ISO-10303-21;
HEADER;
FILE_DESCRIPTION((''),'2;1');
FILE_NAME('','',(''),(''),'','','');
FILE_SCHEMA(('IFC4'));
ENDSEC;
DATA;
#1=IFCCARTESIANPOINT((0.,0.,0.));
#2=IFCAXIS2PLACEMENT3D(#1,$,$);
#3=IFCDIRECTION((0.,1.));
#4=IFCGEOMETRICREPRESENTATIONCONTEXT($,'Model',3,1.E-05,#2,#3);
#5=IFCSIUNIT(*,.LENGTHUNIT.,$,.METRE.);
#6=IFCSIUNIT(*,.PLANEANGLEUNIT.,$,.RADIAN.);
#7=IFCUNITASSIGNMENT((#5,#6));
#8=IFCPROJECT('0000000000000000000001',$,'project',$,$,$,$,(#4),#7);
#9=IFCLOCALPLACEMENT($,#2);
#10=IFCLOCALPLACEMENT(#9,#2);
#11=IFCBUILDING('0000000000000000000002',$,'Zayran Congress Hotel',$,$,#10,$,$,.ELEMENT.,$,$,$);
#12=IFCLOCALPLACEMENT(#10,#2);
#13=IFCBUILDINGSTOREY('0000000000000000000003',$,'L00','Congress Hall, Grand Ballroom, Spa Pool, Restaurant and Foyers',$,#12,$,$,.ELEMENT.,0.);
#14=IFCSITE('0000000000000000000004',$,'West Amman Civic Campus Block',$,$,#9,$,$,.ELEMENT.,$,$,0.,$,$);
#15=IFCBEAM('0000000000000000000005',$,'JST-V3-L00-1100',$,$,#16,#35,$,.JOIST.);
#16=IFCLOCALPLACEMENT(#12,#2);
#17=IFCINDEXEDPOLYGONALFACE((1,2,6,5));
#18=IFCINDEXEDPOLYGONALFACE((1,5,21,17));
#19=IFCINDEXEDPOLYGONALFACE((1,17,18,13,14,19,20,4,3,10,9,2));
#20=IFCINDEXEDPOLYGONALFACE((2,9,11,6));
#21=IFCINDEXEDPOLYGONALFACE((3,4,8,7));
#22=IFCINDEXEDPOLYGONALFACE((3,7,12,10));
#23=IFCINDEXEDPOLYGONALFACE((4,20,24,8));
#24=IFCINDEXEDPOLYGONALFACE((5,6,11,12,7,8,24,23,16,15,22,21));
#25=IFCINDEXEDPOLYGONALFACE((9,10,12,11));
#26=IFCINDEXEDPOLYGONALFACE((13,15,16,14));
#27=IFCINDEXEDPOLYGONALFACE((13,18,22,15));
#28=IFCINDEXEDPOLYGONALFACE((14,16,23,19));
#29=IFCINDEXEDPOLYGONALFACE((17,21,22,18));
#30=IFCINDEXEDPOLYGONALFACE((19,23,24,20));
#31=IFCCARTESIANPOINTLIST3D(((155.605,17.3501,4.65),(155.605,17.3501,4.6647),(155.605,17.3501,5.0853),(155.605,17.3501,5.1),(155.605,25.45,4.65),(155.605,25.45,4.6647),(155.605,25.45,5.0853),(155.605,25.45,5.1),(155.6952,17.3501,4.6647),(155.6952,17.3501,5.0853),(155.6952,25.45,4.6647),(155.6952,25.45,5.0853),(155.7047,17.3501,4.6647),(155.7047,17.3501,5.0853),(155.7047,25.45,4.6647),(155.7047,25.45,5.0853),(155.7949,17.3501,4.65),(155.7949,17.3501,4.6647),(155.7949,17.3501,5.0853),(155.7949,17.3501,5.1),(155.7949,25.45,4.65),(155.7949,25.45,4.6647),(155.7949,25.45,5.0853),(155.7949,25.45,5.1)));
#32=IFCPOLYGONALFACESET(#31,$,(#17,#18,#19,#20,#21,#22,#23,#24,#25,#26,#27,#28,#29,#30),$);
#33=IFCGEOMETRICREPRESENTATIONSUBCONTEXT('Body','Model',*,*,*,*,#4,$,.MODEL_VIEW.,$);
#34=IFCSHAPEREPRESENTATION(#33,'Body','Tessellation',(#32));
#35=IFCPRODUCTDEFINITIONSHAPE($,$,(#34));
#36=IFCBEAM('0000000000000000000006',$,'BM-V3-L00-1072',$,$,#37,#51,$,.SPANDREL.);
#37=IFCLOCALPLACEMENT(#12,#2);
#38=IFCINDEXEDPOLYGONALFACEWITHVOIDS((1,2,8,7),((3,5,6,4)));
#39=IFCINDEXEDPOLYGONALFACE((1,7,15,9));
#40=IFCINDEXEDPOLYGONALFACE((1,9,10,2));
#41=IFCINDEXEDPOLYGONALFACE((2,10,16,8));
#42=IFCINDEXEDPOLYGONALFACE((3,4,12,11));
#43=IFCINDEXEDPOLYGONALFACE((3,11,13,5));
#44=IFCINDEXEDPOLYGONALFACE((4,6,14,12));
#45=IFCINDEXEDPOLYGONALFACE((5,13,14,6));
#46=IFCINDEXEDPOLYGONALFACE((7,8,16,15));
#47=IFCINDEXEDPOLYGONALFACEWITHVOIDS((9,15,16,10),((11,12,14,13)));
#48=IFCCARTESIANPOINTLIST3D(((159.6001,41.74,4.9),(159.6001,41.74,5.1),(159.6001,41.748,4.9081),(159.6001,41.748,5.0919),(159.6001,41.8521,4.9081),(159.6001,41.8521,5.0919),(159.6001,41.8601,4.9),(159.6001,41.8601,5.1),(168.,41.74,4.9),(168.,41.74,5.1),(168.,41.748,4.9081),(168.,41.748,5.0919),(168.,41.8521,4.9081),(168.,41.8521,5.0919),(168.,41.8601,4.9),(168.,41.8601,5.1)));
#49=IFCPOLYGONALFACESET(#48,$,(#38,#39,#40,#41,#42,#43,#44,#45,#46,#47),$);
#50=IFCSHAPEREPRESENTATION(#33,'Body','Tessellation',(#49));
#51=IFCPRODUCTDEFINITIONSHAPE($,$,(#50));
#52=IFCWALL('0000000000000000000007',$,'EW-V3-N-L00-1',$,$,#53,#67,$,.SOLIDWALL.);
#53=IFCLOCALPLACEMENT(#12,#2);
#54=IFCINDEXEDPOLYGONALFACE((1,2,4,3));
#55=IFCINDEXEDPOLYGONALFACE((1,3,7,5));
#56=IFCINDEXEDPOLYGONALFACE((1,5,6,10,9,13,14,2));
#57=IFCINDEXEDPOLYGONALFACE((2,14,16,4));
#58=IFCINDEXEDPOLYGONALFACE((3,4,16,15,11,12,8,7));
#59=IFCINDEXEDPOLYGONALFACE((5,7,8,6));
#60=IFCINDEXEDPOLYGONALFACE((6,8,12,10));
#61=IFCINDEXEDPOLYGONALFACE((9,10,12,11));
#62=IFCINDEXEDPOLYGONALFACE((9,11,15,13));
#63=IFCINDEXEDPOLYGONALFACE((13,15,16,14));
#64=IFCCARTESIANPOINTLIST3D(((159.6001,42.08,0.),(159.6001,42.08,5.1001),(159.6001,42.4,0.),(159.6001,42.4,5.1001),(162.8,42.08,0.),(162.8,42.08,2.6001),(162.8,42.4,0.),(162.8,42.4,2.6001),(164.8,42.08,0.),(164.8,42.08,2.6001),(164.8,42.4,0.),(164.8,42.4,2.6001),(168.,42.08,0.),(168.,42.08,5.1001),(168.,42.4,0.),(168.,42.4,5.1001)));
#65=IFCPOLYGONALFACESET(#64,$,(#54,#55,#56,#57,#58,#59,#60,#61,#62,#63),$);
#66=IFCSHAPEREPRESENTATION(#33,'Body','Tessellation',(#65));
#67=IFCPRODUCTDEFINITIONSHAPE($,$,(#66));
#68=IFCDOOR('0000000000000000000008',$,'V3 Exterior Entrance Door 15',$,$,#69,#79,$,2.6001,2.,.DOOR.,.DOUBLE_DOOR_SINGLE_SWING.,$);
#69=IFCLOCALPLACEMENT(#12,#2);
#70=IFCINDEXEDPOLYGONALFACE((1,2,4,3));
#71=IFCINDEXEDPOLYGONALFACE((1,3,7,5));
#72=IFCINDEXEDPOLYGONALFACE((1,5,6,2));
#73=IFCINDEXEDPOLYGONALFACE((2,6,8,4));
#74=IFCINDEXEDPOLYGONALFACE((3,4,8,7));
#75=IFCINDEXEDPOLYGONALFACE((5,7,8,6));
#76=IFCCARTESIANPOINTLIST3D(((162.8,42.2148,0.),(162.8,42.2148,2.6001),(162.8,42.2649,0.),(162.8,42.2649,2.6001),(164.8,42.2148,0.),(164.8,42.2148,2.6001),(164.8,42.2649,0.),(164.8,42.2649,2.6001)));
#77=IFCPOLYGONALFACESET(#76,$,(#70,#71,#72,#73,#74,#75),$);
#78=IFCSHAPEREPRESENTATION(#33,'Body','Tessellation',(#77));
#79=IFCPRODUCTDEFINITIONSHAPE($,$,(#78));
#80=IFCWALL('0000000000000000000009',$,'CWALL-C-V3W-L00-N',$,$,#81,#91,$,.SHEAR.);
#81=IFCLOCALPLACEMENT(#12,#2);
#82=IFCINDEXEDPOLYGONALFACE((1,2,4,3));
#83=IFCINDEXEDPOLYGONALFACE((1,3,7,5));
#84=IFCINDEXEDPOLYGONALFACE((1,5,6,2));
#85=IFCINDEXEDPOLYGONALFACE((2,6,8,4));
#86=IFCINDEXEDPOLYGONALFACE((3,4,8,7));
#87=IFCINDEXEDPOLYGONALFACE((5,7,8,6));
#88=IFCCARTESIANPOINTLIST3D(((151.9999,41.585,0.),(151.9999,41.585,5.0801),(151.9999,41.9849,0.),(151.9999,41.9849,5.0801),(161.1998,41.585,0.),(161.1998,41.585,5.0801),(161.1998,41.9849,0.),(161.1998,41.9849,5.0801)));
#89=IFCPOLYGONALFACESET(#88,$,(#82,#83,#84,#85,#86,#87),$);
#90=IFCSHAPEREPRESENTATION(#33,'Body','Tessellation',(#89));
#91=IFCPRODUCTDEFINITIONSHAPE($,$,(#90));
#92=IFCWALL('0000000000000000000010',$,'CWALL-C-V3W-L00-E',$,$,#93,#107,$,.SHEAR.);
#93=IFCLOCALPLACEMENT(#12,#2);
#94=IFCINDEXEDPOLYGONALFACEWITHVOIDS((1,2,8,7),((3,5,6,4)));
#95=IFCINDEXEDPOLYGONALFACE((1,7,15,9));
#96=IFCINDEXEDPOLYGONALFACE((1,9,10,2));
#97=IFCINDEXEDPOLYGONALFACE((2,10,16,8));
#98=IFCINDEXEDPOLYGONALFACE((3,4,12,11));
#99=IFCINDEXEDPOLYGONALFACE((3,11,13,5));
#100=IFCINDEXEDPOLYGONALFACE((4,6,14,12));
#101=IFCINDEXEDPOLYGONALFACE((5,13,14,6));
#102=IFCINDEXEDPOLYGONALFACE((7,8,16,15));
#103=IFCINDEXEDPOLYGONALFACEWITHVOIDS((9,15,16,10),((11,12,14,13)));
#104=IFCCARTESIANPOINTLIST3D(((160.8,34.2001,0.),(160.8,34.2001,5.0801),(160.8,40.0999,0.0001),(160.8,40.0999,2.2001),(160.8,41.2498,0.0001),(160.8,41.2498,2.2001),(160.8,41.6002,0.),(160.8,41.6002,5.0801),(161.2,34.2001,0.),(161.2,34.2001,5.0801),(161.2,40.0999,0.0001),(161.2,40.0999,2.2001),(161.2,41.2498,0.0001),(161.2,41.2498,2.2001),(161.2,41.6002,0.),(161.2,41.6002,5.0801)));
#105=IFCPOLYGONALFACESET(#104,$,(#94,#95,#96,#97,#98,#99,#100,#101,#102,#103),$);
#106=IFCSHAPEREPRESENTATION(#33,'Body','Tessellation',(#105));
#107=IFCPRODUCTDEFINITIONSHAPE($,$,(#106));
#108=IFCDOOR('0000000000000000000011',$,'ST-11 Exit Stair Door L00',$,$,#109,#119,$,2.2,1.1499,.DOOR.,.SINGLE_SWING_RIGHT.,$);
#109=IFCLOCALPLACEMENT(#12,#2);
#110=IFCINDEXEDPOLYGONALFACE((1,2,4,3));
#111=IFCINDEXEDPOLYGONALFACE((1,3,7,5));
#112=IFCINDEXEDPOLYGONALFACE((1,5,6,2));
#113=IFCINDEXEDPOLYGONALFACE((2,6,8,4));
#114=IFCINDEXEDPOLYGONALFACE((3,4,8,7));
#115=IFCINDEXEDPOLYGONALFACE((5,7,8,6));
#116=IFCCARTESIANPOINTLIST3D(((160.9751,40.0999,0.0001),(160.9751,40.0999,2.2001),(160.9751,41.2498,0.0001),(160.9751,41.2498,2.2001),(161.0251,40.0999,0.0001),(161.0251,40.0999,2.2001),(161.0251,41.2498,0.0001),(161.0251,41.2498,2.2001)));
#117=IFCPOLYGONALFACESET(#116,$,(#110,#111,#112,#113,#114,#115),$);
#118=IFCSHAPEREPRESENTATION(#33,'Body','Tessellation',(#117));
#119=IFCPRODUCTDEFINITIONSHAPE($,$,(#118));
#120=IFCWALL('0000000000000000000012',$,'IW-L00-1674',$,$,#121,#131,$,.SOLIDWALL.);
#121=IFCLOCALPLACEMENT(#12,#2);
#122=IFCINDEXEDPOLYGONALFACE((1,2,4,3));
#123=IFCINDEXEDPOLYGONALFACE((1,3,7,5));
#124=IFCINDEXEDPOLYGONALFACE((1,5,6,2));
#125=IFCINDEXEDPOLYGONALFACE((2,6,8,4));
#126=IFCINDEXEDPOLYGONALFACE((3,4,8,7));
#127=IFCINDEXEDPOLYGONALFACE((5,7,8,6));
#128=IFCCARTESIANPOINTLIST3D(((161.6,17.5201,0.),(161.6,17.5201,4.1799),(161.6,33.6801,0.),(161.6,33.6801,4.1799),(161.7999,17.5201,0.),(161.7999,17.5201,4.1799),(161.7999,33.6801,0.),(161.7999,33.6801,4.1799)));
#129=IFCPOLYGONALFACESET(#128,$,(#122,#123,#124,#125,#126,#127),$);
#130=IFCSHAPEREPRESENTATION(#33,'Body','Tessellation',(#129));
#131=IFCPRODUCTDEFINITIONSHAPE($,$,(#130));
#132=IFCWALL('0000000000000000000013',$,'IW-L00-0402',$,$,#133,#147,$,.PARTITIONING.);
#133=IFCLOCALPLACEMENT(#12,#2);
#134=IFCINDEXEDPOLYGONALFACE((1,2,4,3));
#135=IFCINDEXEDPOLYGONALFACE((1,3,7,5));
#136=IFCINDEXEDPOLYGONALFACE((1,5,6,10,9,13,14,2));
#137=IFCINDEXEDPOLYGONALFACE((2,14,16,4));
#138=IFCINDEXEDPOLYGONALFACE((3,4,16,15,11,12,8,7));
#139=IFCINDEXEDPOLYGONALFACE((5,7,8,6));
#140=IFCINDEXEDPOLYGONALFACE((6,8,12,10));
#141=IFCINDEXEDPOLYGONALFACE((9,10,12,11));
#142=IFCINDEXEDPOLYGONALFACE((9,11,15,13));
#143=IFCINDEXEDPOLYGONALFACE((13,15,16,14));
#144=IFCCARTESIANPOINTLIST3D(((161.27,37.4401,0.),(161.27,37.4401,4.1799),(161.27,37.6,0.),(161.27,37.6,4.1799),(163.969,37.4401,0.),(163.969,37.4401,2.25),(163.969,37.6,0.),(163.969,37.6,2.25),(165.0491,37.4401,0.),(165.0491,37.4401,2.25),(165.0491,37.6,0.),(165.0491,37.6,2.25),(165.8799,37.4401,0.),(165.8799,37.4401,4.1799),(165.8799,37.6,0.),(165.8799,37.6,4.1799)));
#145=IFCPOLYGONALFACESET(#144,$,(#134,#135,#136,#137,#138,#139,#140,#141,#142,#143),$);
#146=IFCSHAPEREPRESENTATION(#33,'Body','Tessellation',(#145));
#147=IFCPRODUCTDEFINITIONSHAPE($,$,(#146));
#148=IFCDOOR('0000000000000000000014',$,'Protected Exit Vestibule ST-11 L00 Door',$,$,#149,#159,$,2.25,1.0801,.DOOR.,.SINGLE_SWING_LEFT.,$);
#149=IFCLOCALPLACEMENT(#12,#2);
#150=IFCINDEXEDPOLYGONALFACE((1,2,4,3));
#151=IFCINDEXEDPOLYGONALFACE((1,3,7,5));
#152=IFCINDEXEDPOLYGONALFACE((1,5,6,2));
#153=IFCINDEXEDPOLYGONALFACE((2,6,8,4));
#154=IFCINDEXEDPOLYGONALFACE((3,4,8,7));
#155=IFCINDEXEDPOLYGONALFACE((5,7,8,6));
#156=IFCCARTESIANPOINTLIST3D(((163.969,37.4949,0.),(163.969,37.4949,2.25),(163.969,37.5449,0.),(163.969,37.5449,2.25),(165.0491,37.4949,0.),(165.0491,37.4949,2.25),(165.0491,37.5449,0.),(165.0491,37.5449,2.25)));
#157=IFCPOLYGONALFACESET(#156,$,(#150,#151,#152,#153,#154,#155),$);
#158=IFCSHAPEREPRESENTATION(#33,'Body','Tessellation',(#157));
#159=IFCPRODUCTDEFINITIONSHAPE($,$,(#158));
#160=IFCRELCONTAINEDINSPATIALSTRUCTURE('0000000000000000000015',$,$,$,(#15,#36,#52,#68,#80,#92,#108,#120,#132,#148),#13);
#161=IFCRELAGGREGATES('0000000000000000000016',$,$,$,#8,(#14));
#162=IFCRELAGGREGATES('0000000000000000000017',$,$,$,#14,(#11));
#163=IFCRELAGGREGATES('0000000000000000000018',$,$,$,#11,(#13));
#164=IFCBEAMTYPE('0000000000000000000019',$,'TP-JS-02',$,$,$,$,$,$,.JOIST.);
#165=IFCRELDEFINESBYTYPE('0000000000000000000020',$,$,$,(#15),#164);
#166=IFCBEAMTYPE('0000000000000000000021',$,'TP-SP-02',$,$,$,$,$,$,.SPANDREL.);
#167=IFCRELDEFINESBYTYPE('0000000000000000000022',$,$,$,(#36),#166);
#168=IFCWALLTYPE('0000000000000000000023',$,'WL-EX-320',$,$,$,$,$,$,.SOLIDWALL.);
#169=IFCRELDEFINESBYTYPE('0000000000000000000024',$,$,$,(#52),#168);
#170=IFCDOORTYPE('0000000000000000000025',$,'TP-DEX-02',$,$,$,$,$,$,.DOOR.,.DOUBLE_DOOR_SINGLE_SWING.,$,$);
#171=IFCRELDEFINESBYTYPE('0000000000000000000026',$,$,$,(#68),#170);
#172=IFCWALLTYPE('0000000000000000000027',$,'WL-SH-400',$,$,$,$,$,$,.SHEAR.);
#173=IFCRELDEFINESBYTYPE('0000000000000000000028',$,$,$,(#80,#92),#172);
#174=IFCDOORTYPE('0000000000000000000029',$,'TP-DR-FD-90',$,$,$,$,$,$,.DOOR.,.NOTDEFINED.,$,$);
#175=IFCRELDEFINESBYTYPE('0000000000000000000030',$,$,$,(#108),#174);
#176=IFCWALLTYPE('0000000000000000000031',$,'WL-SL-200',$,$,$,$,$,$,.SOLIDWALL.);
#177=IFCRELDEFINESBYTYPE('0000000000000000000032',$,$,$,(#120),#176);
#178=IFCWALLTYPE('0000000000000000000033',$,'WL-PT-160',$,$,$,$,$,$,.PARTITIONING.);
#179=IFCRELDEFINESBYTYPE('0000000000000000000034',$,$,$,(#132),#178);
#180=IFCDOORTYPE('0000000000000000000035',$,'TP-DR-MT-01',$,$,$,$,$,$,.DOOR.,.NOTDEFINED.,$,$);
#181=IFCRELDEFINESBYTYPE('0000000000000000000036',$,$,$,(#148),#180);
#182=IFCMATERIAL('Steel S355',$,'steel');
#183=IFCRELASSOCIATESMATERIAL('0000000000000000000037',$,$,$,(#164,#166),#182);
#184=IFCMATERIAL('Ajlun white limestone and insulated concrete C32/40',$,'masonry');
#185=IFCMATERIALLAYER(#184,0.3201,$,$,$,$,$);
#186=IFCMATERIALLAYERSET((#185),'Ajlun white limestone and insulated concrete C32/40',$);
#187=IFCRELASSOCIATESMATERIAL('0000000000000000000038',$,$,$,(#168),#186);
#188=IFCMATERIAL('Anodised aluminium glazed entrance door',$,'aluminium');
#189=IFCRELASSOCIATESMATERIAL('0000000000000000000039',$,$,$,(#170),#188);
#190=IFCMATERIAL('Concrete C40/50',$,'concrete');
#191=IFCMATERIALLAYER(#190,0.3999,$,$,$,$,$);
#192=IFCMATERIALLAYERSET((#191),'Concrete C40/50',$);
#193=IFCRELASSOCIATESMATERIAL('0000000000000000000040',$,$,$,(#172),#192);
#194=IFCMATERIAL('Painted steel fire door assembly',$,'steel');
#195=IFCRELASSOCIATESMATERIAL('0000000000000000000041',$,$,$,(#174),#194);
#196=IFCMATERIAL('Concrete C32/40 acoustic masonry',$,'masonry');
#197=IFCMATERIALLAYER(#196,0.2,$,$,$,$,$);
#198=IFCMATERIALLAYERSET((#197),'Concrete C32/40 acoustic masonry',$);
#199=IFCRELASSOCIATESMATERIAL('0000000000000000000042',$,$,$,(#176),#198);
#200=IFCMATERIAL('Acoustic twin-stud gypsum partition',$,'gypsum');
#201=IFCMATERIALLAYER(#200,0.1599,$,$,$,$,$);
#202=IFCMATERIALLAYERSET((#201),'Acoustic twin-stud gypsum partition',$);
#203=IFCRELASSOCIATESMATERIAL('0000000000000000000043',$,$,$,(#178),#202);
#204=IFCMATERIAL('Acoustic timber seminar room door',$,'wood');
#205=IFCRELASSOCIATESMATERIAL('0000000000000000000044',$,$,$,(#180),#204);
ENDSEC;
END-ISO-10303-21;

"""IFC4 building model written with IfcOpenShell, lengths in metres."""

from ifc_helpers import new_model, si_unit, direction, frame, frame_2d, origin, origin_2d, place, context, subcontext, project, spatial, rectangle, hollow_rectangle, i_section, extrude, material, layer, layer_set, material_profile, profile_set, type_object, element, fill, save


model = new_model("IFC4")

# Units and contexts
model_context = context("Model", 3, precision=1e-05, world=origin(), true_north=direction((0.0, 1.0)))
body_context = subcontext(model_context, "Body", "Model", "MODEL_VIEW")
ifc_project = project(units=[si_unit("LENGTHUNIT", "METRE"), si_unit("PLANEANGLEUNIT", "RADIAN")], contexts=[model_context])

# Site, building, storey
site_placement = place(None, origin())
site = spatial("IfcSite", under=ifc_project, at=site_placement, Name="West Amman Civic Campus Block", CompositionType="ELEMENT", RefElevation=0.0)
building_placement = place(site_placement, origin())
building = spatial("IfcBuilding", under=site, at=building_placement, Name="Zayran Congress Hotel", CompositionType="ELEMENT")
storey_placement = place(building_placement, origin())
storey = spatial("IfcBuildingStorey", under=building, at=storey_placement, Name="L00", Description="Congress Hall, Grand Ballroom, Spa Pool, Restaurant and Foyers", CompositionType="ELEMENT", Elevation=0.0)

# Shared definitions
ifc_material_1 = material(Name="Concrete C40/50", Category="concrete")

# Beams
ifc_material_2 = material(Name="Steel S355", Category="steel")
ifc_material_profile_1 = material_profile(ifc_material_2, i_section(OverallWidth=0.1899, OverallDepth=0.45, WebThickness=0.0095, FlangeThickness=0.0146, at=origin_2d()), Name="IPE 450")
ifc_profile_set_1 = profile_set([ifc_material_profile_1], Name="Steel S355")
beam_type_1 = type_object("IfcBeamType", Name="TP-JS-02", PredefinedType="JOIST", material=ifc_profile_set_1)
beam_1_placement = place(storey_placement, frame((155.7, 17.3501, 4.875), z_axis=(0.0, 1.0, 0.0), x_axis=(-1.0, 0.0, 0.0)))
element("IfcBeam", 1, at=beam_1_placement, inside=storey, type_object=beam_type_1, Name="JST-V3-L00-1100", PredefinedType="JOIST", context=body_context, shape_type="SweptSolid", body=[
    extrude(i_section(OverallWidth=0.1899, OverallDepth=0.45, WebThickness=0.0095, FlangeThickness=0.0146, at=origin_2d()), origin(), (0.0, 0.0, 1.0), 8.0999),
])
ifc_material_profile_2 = material_profile(ifc_material_2, hollow_rectangle(XDim=0.1201, YDim=0.2, WallThickness=0.0081, at=origin_2d()), Name="RHS 200x120x8")
ifc_profile_set_2 = profile_set([ifc_material_profile_2], Name="Steel S355")
beam_type_2 = type_object("IfcBeamType", Name="TP-SP-02", PredefinedType="SPANDREL", material=ifc_profile_set_2)
beam_2_placement = place(storey_placement, frame((159.6001, 41.8, 5.0), z_axis=(1.0, 0.0, 0.0), x_axis=(0.0, 1.0, 0.0)))
element("IfcBeam", 2, at=beam_2_placement, inside=storey, type_object=beam_type_2, Name="BM-V3-L00-1072", PredefinedType="SPANDREL", context=body_context, shape_type="SweptSolid", body=[
    extrude(hollow_rectangle(XDim=0.1201, YDim=0.2, WallThickness=0.0081, at=origin_2d()), origin(), (0.0, 0.0, 1.0), 8.3999),
])

# Wall, opening, door
ifc_material_3 = material(Name="Ajlun white limestone and insulated concrete C32/40", Category="masonry")
ifc_layer_1 = layer(ifc_material_3, 0.3201)
ifc_layer_set_1 = layer_set([ifc_layer_1], Name="Ajlun white limestone and insulated concrete C32/40")
wall_type_1 = type_object("IfcWallType", Name="WL-EX-320", PredefinedType="SOLIDWALL", material=ifc_layer_set_1)
wall_1_placement = place(storey_placement, frame((159.6001, 42.24, 0.0), z_axis=(0.0, 0.0, 1.0), x_axis=(1.0, 0.0, 0.0)))
wall_1 = element("IfcWall", 3, at=wall_1_placement, inside=storey, type_object=wall_type_1, Name="EW-V3-N-L00-1", PredefinedType="SOLIDWALL", context=body_context, shape_type="SweptSolid", body=[
    extrude(rectangle(XDim=8.3999, YDim=0.3201, at=frame_2d((4.2, 0.0))), origin(), (0.0, 0.0, 1.0), 5.1001),
])
opening_1_placement = place(wall_1_placement, frame((3.2, 0.0, 0.0)))
opening_1 = element("IfcOpeningElement", 4, at=opening_1_placement, cuts=wall_1, PredefinedType="OPENING", context=body_context, shape_type="SweptSolid", body=[
    extrude(rectangle(XDim=2.0, YDim=2.6001, at=frame_2d((1.0, 1.3))), frame((0.0, 0.1699, 0.0), z_axis=(0.0, -1.0, 0.0), x_axis=(1.0, 0.0, 0.0)), (0.0, 0.0, 1.0), 0.3401),
])
ifc_material_4 = material(Name="Anodised aluminium glazed entrance door", Category="aluminium")
door_type_1 = type_object("IfcDoorType", Name="TP-DEX-02", OperationType="DOUBLE_DOOR_SINGLE_SWING", PredefinedType="DOOR", material=ifc_material_4)
door_1_placement = place(opening_1_placement, origin())
door_1 = element("IfcDoor", 5, at=door_1_placement, inside=storey, type_object=door_type_1, Name="V3 Exterior Entrance Door 15", OperationType="DOUBLE_DOOR_SINGLE_SWING", OverallHeight=2.6001, OverallWidth=2.0, PredefinedType="DOOR", context=body_context, shape_type="SweptSolid", body=[
    extrude(rectangle(XDim=2.0, YDim=2.6001, at=frame_2d((1.0, 1.3))), frame((0.0, 0.0249, 0.0), z_axis=(0.0, -1.0, 0.0), x_axis=(1.0, 0.0, 0.0)), (0.0, 0.0, 1.0), 0.05),
])
fill(opening_1, door_1)

# Wall
ifc_layer_2 = layer(ifc_material_1, 0.3999)
ifc_layer_set_2 = layer_set([ifc_layer_2], Name="Concrete C40/50")
wall_type_2 = type_object("IfcWallType", Name="WL-SH-400", PredefinedType="SHEAR", material=ifc_layer_set_2)
wall_2_placement = place(storey_placement, frame((161.2, 41.7849, 0.0), z_axis=(0.0, 0.0, 1.0), x_axis=(-1.0, 0.0, 0.0)))
element("IfcWall", 6, at=wall_2_placement, inside=storey, type_object=wall_type_2, Name="CWALL-C-V3W-L00-N", PredefinedType="SHEAR", context=body_context, shape_type="SweptSolid", body=[
    extrude(rectangle(XDim=9.2, YDim=0.3999, at=frame_2d((4.6001, 0.0))), origin(), (0.0, 0.0, 1.0), 5.0801),
])

# Wall, opening, door
wall_3_placement = place(storey_placement, frame((161.0, 34.2, 0.0), z_axis=(0.0, 0.0, 1.0), x_axis=(0.0, 1.0, 0.0)))
wall_3 = element("IfcWall", 7, at=wall_3_placement, inside=storey, type_object=wall_type_2, Name="CWALL-C-V3W-L00-E", PredefinedType="SHEAR", context=body_context, shape_type="SweptSolid", body=[
    extrude(rectangle(XDim=7.4001, YDim=0.3999, at=frame_2d((3.7002, 0.0))), origin(), (0.0, 0.0, 1.0), 5.0801),
])
opening_2_placement = place(wall_3_placement, frame((5.8999, 0.0, 0.0)))
opening_2 = element("IfcOpeningElement", 8, at=opening_2_placement, cuts=wall_3, PredefinedType="OPENING", context=body_context, shape_type="SweptSolid", body=[
    extrude(rectangle(XDim=1.1499, YDim=2.2, at=frame_2d((0.575, 1.1001))), frame((0.0, 0.21, 0.0), z_axis=(0.0, -1.0, 0.0), x_axis=(1.0, 0.0, 0.0)), (0.0, 0.0, 1.0), 0.4199),
])
ifc_material_5 = material(Name="Painted steel fire door assembly", Category="steel")
door_type_2 = type_object("IfcDoorType", Name="TP-DR-FD-90", OperationType="NOTDEFINED", PredefinedType="DOOR", material=ifc_material_5)
door_2_placement = place(opening_2_placement, origin())
door_2 = element("IfcDoor", 9, at=door_2_placement, inside=storey, type_object=door_type_2, Name="ST-11 Exit Stair Door L00", OperationType="SINGLE_SWING_RIGHT", OverallHeight=2.2, OverallWidth=1.1499, PredefinedType="DOOR", context=body_context, shape_type="SweptSolid", body=[
    extrude(rectangle(XDim=1.1499, YDim=2.2, at=frame_2d((0.575, 1.1001))), frame((0.0, 0.0249, 0.0), z_axis=(0.0, -1.0, 0.0), x_axis=(1.0, 0.0, 0.0)), (0.0, 0.0, 1.0), 0.05),
])
fill(opening_2, door_2)

# Wall
ifc_material_6 = material(Name="Concrete C32/40 acoustic masonry", Category="masonry")
ifc_layer_3 = layer(ifc_material_6, 0.2)
ifc_layer_set_3 = layer_set([ifc_layer_3], Name="Concrete C32/40 acoustic masonry")
wall_type_3 = type_object("IfcWallType", Name="WL-SL-200", PredefinedType="SOLIDWALL", material=ifc_layer_set_3)
wall_4_placement = place(storey_placement, frame((161.7, 17.52, 0.0), z_axis=(0.0, 0.0, 1.0), x_axis=(0.0, 1.0, 0.0)))
element("IfcWall", 10, at=wall_4_placement, inside=storey, type_object=wall_type_3, Name="IW-L00-1674", PredefinedType="SOLIDWALL", context=body_context, shape_type="SweptSolid", body=[
    extrude(rectangle(XDim=16.1599, YDim=0.2, at=frame_2d((8.0801, 0.0))), origin(), (0.0, 0.0, 1.0), 4.1799),
])

# Wall, opening, door
ifc_material_7 = material(Name="Acoustic twin-stud gypsum partition", Category="gypsum")
ifc_layer_4 = layer(ifc_material_7, 0.1599)
ifc_layer_set_4 = layer_set([ifc_layer_4], Name="Acoustic twin-stud gypsum partition")
wall_type_4 = type_object("IfcWallType", Name="WL-PT-160", PredefinedType="PARTITIONING", material=ifc_layer_set_4)
wall_5_placement = place(storey_placement, frame((161.27, 37.52, 0.0), z_axis=(0.0, 0.0, 1.0), x_axis=(1.0, 0.0, 0.0)))
wall_5 = element("IfcWall", 11, at=wall_5_placement, inside=storey, type_object=wall_type_4, Name="IW-L00-0402", PredefinedType="PARTITIONING", context=body_context, shape_type="SweptSolid", body=[
    extrude(rectangle(XDim=4.6099, YDim=0.1599, at=frame_2d((2.3049, 0.0))), origin(), (0.0, 0.0, 1.0), 4.1799),
])
opening_3_placement = place(wall_5_placement, frame((2.699, 0.0, 0.0)))
opening_3 = element("IfcOpeningElement", 12, at=opening_3_placement, cuts=wall_5, PredefinedType="OPENING", context=body_context, shape_type="SweptSolid", body=[
    extrude(rectangle(XDim=1.0801, YDim=2.25, at=frame_2d((0.54, 1.125))), frame((0.0, 0.0898, 0.0), z_axis=(0.0, -1.0, 0.0), x_axis=(1.0, 0.0, 0.0)), (0.0, 0.0, 1.0), 0.1799),
])
ifc_material_8 = material(Name="Acoustic timber seminar room door", Category="wood")
door_type_3 = type_object("IfcDoorType", Name="TP-DR-MT-01", OperationType="NOTDEFINED", PredefinedType="DOOR", material=ifc_material_8)
door_3_placement = place(opening_3_placement, origin())
door_3 = element("IfcDoor", 13, at=door_3_placement, inside=storey, type_object=door_type_3, Name="Protected Exit Vestibule ST-11 L00 Door", OperationType="SINGLE_SWING_LEFT", OverallHeight=2.25, OverallWidth=1.0801, PredefinedType="DOOR", context=body_context, shape_type="SweptSolid", body=[
    extrude(rectangle(XDim=1.0801, YDim=2.25, at=frame_2d((0.54, 1.125))), frame((0.0, 0.0249, 0.0), z_axis=(0.0, -1.0, 0.0), x_axis=(1.0, 0.0, 0.0)), (0.0, 0.0, 1.0), 0.05),
])
fill(opening_3, door_3)

save(model, "model.ifc")
